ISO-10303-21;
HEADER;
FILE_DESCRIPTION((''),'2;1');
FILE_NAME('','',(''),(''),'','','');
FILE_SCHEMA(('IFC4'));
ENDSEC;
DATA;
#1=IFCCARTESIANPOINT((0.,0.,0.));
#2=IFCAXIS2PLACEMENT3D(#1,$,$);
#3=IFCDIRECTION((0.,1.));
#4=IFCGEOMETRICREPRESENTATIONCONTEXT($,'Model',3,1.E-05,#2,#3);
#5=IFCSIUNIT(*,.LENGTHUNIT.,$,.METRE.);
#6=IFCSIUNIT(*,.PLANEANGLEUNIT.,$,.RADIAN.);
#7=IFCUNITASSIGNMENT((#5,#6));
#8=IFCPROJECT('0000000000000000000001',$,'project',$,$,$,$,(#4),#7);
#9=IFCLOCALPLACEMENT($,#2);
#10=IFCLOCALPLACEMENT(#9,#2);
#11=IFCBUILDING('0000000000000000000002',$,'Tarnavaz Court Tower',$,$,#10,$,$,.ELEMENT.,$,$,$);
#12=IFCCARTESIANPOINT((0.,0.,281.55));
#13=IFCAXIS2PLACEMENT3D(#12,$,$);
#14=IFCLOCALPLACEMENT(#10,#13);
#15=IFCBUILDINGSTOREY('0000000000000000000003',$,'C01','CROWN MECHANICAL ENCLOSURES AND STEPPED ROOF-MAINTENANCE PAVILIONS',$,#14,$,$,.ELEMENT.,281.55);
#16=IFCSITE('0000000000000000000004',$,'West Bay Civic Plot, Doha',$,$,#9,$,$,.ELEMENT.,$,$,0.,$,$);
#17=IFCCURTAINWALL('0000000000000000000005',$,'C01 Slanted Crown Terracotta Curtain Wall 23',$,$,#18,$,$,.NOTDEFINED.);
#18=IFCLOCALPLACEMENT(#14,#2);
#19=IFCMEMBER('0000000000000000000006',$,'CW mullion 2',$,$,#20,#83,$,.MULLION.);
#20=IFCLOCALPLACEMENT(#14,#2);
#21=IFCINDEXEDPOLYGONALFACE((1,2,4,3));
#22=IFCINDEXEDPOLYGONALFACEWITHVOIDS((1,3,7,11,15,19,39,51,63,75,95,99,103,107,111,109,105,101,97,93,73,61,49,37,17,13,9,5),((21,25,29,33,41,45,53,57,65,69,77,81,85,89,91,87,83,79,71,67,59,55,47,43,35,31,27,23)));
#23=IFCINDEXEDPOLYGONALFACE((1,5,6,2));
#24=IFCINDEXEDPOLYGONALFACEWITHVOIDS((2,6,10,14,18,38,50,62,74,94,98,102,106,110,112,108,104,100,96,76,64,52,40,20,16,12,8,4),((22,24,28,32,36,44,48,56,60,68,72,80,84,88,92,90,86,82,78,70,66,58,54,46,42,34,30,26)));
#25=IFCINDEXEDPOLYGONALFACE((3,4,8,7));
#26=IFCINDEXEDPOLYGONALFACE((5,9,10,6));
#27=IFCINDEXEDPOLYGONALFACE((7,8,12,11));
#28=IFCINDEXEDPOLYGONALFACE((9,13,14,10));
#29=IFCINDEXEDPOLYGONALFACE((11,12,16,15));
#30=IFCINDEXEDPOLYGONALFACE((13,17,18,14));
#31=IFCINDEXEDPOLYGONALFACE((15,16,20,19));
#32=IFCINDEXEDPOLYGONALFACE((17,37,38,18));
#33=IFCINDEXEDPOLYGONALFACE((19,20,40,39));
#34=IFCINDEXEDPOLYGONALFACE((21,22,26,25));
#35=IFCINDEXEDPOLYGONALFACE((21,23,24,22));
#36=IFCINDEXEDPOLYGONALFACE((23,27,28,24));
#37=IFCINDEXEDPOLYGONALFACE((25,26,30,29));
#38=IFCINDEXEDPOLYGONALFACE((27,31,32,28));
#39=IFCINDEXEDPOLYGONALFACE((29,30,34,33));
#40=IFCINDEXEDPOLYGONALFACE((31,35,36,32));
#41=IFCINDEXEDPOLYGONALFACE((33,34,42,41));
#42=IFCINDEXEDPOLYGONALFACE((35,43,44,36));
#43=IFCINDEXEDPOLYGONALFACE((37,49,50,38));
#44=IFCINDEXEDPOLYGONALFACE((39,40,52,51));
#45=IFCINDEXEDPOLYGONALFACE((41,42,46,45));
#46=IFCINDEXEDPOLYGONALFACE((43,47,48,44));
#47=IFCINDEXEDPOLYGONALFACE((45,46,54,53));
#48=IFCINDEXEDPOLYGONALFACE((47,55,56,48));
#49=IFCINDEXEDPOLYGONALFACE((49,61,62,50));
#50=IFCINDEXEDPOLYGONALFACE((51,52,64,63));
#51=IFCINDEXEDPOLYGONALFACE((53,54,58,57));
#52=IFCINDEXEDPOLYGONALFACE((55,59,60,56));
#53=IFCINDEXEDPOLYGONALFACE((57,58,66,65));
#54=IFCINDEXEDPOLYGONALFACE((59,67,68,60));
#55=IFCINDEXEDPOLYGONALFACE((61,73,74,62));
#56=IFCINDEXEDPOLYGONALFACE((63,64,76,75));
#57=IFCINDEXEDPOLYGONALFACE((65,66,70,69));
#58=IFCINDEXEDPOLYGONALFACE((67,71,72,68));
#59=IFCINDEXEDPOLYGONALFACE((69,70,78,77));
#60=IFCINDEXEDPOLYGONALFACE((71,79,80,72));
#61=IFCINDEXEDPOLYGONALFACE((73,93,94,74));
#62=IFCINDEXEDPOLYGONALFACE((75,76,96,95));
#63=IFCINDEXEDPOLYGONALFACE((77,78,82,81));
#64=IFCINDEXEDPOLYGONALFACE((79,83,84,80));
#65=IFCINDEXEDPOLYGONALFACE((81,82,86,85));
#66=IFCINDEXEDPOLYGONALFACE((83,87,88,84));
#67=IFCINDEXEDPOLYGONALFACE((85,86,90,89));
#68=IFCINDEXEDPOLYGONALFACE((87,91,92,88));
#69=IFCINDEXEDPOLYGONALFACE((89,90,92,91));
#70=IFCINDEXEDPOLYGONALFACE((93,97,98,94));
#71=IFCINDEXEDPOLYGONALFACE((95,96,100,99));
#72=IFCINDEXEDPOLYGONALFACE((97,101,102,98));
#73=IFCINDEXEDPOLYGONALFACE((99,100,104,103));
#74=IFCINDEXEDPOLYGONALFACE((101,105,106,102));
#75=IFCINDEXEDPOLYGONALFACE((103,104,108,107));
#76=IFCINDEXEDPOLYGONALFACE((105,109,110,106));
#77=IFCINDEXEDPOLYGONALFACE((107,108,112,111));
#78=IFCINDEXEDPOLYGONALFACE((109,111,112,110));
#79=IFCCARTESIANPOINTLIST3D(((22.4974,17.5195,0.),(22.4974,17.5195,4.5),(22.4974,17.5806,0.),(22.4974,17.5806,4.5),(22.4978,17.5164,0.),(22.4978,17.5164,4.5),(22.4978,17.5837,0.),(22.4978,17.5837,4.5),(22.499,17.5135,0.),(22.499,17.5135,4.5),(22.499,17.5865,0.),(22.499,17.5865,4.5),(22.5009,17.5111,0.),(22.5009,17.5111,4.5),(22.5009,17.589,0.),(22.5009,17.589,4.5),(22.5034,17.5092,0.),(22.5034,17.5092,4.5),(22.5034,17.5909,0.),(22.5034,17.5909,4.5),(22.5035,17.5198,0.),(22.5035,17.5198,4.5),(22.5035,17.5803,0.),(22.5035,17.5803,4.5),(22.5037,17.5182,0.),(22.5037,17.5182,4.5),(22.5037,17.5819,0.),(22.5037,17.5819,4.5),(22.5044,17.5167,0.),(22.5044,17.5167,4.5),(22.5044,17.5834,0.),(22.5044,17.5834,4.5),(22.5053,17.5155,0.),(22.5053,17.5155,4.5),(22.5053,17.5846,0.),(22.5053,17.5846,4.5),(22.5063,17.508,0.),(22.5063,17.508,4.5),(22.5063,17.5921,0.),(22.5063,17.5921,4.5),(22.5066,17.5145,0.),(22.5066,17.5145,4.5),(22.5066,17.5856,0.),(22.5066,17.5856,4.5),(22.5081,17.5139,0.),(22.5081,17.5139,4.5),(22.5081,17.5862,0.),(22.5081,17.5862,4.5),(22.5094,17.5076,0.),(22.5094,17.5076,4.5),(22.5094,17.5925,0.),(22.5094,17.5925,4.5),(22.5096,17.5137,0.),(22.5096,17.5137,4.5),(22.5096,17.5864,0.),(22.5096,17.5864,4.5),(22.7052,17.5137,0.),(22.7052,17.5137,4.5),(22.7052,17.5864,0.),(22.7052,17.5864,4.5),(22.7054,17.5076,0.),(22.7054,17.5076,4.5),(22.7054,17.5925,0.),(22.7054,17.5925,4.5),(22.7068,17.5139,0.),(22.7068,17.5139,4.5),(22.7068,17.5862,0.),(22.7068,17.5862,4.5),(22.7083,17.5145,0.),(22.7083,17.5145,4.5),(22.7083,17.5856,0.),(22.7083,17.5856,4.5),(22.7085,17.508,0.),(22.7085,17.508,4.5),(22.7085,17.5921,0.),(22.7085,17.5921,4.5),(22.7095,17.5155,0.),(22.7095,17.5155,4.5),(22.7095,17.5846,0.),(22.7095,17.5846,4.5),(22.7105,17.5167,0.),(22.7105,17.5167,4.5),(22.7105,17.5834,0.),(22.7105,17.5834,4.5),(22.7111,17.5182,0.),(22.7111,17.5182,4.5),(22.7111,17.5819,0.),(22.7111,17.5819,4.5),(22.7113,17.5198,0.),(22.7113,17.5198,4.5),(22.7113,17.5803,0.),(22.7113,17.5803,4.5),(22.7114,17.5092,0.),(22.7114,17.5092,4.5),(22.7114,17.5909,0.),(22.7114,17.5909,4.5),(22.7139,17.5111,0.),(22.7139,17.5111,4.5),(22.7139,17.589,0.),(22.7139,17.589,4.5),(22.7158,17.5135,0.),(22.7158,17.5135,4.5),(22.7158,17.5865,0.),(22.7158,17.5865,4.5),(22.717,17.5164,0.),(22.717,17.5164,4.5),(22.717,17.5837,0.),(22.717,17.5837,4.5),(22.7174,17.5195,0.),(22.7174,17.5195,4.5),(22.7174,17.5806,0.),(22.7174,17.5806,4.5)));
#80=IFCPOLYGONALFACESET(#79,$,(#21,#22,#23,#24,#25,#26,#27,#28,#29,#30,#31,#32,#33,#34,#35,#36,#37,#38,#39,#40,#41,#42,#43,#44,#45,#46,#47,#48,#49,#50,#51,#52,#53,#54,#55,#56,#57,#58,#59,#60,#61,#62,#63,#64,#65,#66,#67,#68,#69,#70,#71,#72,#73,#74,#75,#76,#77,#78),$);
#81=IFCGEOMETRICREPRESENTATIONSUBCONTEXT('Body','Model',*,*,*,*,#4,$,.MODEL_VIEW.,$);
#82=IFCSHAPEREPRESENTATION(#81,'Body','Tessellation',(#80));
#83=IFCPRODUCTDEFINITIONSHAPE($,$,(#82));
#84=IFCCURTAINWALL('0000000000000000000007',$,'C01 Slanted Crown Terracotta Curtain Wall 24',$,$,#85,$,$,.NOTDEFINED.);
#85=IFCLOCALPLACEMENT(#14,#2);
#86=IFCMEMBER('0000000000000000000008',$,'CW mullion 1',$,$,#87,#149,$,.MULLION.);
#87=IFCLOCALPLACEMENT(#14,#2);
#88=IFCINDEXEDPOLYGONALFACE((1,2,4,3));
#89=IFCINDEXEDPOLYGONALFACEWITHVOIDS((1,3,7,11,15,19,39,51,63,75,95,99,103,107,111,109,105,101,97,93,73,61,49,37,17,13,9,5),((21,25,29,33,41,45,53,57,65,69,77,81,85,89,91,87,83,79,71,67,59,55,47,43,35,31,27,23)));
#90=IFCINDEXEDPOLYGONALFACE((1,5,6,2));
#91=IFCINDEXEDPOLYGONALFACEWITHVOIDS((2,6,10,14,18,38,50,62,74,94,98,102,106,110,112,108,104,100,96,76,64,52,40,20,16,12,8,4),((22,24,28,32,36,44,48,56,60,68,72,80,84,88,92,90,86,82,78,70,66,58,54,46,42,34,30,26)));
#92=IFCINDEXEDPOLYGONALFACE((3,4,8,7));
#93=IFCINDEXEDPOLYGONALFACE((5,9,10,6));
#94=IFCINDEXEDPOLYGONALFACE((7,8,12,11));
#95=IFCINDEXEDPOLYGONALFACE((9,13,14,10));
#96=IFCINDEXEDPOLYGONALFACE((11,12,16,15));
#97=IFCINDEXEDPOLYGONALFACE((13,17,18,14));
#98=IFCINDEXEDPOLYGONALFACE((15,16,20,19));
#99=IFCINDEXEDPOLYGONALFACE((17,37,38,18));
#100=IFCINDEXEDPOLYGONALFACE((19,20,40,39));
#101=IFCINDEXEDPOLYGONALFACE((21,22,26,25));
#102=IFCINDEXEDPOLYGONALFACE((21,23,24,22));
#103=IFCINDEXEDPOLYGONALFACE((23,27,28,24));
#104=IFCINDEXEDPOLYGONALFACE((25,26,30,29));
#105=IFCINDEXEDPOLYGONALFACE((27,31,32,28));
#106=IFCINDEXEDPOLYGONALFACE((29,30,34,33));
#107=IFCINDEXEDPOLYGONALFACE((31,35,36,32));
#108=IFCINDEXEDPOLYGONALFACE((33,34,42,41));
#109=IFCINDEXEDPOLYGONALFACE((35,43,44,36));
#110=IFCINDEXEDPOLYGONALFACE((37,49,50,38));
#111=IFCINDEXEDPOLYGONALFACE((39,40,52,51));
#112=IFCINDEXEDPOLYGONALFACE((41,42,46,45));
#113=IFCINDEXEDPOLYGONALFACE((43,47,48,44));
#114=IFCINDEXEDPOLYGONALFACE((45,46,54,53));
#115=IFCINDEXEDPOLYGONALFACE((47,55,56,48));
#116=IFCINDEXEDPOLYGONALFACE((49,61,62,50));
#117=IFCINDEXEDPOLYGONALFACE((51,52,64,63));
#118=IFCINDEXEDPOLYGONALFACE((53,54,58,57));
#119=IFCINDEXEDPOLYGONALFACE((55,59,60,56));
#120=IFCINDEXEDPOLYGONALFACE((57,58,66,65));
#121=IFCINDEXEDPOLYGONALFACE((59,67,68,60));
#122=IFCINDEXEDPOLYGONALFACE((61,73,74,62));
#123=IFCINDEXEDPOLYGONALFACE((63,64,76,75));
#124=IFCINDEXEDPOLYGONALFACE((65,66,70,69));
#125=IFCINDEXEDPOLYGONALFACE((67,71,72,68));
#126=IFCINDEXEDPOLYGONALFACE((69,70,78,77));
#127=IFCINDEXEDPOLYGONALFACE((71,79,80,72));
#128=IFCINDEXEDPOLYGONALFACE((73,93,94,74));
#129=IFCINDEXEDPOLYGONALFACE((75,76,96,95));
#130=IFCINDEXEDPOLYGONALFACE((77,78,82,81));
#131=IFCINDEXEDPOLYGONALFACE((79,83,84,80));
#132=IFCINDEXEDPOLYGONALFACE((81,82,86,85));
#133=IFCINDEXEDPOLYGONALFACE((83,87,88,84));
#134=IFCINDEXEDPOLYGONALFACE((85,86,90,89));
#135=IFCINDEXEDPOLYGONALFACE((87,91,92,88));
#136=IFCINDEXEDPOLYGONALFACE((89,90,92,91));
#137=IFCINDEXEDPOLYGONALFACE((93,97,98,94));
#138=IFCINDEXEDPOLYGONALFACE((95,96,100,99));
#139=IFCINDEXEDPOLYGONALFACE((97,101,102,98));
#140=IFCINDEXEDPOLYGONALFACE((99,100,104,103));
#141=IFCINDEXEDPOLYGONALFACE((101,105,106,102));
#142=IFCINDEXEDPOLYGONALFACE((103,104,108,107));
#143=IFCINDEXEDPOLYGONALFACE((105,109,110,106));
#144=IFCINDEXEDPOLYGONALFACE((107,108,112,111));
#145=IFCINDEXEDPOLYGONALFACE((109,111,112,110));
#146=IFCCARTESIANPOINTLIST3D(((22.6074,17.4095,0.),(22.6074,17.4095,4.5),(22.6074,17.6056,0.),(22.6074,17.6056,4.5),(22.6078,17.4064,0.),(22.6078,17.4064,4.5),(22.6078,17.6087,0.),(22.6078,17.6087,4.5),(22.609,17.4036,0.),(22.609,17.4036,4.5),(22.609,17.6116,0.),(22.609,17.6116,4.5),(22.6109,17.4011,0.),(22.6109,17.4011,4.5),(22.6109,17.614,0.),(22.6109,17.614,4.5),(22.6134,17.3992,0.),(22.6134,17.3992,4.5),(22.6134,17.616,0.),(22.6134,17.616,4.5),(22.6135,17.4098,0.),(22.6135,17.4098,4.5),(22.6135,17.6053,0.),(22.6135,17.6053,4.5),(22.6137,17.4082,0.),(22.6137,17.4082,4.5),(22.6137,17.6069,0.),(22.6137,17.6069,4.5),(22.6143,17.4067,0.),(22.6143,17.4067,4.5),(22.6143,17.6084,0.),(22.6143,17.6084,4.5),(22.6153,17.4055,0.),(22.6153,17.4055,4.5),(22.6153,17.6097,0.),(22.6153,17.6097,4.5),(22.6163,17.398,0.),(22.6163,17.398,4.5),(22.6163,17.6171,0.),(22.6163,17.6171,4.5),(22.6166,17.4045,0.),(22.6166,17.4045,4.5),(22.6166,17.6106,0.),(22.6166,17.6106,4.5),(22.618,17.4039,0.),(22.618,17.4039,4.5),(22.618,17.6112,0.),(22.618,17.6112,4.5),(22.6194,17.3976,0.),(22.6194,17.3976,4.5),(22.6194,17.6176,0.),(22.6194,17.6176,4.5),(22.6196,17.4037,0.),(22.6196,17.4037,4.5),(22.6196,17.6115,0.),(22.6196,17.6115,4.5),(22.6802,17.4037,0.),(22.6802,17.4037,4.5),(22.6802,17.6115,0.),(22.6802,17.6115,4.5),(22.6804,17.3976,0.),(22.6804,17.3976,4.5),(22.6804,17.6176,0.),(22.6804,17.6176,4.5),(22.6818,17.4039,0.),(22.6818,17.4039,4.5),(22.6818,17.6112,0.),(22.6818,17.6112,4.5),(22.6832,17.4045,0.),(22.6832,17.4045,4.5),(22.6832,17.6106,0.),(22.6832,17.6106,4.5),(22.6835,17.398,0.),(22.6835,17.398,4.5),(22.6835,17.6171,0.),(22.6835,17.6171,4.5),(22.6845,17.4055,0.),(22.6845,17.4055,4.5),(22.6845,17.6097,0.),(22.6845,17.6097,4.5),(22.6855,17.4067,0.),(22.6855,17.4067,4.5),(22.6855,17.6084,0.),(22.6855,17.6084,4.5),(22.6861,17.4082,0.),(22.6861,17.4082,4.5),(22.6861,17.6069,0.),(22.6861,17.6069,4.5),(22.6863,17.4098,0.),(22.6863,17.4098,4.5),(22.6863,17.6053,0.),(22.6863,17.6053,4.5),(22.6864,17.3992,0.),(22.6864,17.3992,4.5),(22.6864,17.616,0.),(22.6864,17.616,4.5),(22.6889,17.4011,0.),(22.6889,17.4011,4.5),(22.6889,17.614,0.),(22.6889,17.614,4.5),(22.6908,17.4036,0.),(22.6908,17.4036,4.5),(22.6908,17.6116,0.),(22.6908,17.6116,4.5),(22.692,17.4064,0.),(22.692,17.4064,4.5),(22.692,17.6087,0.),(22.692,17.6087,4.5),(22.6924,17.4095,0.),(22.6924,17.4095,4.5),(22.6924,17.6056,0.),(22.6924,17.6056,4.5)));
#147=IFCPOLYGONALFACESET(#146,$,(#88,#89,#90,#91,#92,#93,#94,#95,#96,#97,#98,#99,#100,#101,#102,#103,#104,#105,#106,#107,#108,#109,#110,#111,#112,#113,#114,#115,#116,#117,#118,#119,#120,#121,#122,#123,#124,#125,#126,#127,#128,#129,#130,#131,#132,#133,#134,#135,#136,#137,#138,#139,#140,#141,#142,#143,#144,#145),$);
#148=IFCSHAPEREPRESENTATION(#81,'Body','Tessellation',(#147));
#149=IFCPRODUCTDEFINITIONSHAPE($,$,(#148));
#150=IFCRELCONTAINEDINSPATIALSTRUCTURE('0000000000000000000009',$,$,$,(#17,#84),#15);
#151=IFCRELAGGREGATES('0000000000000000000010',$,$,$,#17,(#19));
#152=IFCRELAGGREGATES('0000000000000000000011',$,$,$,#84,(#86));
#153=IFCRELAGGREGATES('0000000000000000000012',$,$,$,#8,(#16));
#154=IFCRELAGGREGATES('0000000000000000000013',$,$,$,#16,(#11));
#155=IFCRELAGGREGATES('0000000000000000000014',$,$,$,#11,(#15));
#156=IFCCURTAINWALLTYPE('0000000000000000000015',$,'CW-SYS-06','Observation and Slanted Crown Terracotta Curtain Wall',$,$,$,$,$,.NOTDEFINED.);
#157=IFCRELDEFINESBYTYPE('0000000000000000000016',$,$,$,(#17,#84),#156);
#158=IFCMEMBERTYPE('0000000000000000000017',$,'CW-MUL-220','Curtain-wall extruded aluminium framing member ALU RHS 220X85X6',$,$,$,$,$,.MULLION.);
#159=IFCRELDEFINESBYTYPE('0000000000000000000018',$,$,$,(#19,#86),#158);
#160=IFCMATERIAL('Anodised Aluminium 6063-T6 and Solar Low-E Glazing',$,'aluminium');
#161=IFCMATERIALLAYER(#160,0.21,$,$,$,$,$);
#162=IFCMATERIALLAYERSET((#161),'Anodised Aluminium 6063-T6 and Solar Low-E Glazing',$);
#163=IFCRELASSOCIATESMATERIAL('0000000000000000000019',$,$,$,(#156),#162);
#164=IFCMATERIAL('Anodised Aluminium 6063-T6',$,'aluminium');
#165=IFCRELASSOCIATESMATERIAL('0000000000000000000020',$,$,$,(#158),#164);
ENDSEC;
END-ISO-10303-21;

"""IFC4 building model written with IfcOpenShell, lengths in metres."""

from ifc_helpers import new_model, si_unit, direction, frame, origin, origin_2d, place, context, subcontext, project, spatial, hollow_rectangle, extrude, material, layer, layer_set, material_profile, profile_set, type_object, element, aggregate, save


model = new_model("IFC4")

# Units and contexts
model_context = context("Model", 3, precision=1e-05, world=origin(), true_north=direction((0.0, 1.0)))
body_context = subcontext(model_context, "Body", "Model", "MODEL_VIEW")
ifc_project = project(units=[si_unit("LENGTHUNIT", "METRE"), si_unit("PLANEANGLEUNIT", "RADIAN")], contexts=[model_context])

# Site, building, storey
site_placement = place(None, origin())
site = spatial("IfcSite", under=ifc_project, at=site_placement, Name="West Bay Civic Plot, Doha", CompositionType="ELEMENT", RefElevation=0.0)
building_placement = place(site_placement, origin())
building = spatial("IfcBuilding", under=site, at=building_placement, Name="Tarnavaz Court Tower", CompositionType="ELEMENT")
storey_placement = place(building_placement, frame((0.0, 0.0, 281.55)))
storey = spatial("IfcBuildingStorey", under=building, at=storey_placement, Name="C01", Description="CROWN MECHANICAL ENCLOSURES AND STEPPED ROOF-MAINTENANCE PAVILIONS", CompositionType="ELEMENT", Elevation=281.55)

# Shared definitions
ifc_material_1 = material(Name="Anodised Aluminium 6063-T6 and Solar Low-E Glazing", Category="aluminium")
ifc_layer_1 = layer(ifc_material_1, 0.21)
ifc_layer_set_1 = layer_set([ifc_layer_1], Name="Anodised Aluminium 6063-T6 and Solar Low-E Glazing")
curtain_wall_type = type_object("IfcCurtainWallType", Name="CW-SYS-06", Description="Observation and Slanted Crown Terracotta Curtain Wall", PredefinedType="NOTDEFINED", material=ifc_layer_set_1)
ifc_material_2 = material(Name="Anodised Aluminium 6063-T6", Category="aluminium")
ifc_material_profile_1 = material_profile(ifc_material_2, hollow_rectangle(XDim=0.085, YDim=0.22, WallThickness=0.0061, InnerFilletRadius=0.0061, OuterFilletRadius=0.012, at=origin_2d()), Name="ALU RHS 220X85X6")
ifc_profile_set_1 = profile_set([ifc_material_profile_1], Name="Anodised Aluminium 6063-T6")
member_type_1 = type_object("IfcMemberType", Name="CW-MUL-220", Description="Curtain-wall extruded aluminium framing member ALU RHS 220X85X6", PredefinedType="MULLION", material=ifc_profile_set_1)

# Curtain walls, members
curtain_wall_1_placement = place(storey_placement, origin())
curtain_wall_1 = element("IfcCurtainWall", 1, at=curtain_wall_1_placement, inside=storey, type_object=curtain_wall_type, Name="C01 Slanted Crown Terracotta Curtain Wall 23", PredefinedType="NOTDEFINED")
member_1_placement = place(storey_placement, frame((22.6074, 17.55, 0.0), z_axis=(0.0, 0.0, 1.0), x_axis=(0.0, 1.0, 0.0)))
member_1 = element("IfcMember", 2, at=member_1_placement, type_object=member_type_1, Name="CW mullion 2", PredefinedType="MULLION", context=body_context, shape_type="SweptSolid", body=[
    extrude(hollow_rectangle(XDim=0.085, YDim=0.22, WallThickness=0.0061, InnerFilletRadius=0.0061, OuterFilletRadius=0.012, at=origin_2d()), origin(), (0.0, 0.0, 1.0), 4.5),
])
curtain_wall_2_placement = place(storey_placement, origin())
curtain_wall_2 = element("IfcCurtainWall", 3, at=curtain_wall_2_placement, inside=storey, type_object=curtain_wall_type, Name="C01 Slanted Crown Terracotta Curtain Wall 24", PredefinedType="NOTDEFINED")
member_2_placement = place(storey_placement, frame((22.6499, 17.5076, 0.0), z_axis=(0.0, 0.0, 1.0), x_axis=(1.0, 0.0, 0.0)))
member_2 = element("IfcMember", 4, at=member_2_placement, type_object=member_type_1, Name="CW mullion 1", PredefinedType="MULLION", context=body_context, shape_type="SweptSolid", body=[
    extrude(hollow_rectangle(XDim=0.085, YDim=0.22, WallThickness=0.0061, InnerFilletRadius=0.0061, OuterFilletRadius=0.012, at=origin_2d()), origin(), (0.0, 0.0, 1.0), 4.5),
])

aggregate(curtain_wall_1, [member_1])
aggregate(curtain_wall_2, [member_2])

save(model, "model.ifc")
